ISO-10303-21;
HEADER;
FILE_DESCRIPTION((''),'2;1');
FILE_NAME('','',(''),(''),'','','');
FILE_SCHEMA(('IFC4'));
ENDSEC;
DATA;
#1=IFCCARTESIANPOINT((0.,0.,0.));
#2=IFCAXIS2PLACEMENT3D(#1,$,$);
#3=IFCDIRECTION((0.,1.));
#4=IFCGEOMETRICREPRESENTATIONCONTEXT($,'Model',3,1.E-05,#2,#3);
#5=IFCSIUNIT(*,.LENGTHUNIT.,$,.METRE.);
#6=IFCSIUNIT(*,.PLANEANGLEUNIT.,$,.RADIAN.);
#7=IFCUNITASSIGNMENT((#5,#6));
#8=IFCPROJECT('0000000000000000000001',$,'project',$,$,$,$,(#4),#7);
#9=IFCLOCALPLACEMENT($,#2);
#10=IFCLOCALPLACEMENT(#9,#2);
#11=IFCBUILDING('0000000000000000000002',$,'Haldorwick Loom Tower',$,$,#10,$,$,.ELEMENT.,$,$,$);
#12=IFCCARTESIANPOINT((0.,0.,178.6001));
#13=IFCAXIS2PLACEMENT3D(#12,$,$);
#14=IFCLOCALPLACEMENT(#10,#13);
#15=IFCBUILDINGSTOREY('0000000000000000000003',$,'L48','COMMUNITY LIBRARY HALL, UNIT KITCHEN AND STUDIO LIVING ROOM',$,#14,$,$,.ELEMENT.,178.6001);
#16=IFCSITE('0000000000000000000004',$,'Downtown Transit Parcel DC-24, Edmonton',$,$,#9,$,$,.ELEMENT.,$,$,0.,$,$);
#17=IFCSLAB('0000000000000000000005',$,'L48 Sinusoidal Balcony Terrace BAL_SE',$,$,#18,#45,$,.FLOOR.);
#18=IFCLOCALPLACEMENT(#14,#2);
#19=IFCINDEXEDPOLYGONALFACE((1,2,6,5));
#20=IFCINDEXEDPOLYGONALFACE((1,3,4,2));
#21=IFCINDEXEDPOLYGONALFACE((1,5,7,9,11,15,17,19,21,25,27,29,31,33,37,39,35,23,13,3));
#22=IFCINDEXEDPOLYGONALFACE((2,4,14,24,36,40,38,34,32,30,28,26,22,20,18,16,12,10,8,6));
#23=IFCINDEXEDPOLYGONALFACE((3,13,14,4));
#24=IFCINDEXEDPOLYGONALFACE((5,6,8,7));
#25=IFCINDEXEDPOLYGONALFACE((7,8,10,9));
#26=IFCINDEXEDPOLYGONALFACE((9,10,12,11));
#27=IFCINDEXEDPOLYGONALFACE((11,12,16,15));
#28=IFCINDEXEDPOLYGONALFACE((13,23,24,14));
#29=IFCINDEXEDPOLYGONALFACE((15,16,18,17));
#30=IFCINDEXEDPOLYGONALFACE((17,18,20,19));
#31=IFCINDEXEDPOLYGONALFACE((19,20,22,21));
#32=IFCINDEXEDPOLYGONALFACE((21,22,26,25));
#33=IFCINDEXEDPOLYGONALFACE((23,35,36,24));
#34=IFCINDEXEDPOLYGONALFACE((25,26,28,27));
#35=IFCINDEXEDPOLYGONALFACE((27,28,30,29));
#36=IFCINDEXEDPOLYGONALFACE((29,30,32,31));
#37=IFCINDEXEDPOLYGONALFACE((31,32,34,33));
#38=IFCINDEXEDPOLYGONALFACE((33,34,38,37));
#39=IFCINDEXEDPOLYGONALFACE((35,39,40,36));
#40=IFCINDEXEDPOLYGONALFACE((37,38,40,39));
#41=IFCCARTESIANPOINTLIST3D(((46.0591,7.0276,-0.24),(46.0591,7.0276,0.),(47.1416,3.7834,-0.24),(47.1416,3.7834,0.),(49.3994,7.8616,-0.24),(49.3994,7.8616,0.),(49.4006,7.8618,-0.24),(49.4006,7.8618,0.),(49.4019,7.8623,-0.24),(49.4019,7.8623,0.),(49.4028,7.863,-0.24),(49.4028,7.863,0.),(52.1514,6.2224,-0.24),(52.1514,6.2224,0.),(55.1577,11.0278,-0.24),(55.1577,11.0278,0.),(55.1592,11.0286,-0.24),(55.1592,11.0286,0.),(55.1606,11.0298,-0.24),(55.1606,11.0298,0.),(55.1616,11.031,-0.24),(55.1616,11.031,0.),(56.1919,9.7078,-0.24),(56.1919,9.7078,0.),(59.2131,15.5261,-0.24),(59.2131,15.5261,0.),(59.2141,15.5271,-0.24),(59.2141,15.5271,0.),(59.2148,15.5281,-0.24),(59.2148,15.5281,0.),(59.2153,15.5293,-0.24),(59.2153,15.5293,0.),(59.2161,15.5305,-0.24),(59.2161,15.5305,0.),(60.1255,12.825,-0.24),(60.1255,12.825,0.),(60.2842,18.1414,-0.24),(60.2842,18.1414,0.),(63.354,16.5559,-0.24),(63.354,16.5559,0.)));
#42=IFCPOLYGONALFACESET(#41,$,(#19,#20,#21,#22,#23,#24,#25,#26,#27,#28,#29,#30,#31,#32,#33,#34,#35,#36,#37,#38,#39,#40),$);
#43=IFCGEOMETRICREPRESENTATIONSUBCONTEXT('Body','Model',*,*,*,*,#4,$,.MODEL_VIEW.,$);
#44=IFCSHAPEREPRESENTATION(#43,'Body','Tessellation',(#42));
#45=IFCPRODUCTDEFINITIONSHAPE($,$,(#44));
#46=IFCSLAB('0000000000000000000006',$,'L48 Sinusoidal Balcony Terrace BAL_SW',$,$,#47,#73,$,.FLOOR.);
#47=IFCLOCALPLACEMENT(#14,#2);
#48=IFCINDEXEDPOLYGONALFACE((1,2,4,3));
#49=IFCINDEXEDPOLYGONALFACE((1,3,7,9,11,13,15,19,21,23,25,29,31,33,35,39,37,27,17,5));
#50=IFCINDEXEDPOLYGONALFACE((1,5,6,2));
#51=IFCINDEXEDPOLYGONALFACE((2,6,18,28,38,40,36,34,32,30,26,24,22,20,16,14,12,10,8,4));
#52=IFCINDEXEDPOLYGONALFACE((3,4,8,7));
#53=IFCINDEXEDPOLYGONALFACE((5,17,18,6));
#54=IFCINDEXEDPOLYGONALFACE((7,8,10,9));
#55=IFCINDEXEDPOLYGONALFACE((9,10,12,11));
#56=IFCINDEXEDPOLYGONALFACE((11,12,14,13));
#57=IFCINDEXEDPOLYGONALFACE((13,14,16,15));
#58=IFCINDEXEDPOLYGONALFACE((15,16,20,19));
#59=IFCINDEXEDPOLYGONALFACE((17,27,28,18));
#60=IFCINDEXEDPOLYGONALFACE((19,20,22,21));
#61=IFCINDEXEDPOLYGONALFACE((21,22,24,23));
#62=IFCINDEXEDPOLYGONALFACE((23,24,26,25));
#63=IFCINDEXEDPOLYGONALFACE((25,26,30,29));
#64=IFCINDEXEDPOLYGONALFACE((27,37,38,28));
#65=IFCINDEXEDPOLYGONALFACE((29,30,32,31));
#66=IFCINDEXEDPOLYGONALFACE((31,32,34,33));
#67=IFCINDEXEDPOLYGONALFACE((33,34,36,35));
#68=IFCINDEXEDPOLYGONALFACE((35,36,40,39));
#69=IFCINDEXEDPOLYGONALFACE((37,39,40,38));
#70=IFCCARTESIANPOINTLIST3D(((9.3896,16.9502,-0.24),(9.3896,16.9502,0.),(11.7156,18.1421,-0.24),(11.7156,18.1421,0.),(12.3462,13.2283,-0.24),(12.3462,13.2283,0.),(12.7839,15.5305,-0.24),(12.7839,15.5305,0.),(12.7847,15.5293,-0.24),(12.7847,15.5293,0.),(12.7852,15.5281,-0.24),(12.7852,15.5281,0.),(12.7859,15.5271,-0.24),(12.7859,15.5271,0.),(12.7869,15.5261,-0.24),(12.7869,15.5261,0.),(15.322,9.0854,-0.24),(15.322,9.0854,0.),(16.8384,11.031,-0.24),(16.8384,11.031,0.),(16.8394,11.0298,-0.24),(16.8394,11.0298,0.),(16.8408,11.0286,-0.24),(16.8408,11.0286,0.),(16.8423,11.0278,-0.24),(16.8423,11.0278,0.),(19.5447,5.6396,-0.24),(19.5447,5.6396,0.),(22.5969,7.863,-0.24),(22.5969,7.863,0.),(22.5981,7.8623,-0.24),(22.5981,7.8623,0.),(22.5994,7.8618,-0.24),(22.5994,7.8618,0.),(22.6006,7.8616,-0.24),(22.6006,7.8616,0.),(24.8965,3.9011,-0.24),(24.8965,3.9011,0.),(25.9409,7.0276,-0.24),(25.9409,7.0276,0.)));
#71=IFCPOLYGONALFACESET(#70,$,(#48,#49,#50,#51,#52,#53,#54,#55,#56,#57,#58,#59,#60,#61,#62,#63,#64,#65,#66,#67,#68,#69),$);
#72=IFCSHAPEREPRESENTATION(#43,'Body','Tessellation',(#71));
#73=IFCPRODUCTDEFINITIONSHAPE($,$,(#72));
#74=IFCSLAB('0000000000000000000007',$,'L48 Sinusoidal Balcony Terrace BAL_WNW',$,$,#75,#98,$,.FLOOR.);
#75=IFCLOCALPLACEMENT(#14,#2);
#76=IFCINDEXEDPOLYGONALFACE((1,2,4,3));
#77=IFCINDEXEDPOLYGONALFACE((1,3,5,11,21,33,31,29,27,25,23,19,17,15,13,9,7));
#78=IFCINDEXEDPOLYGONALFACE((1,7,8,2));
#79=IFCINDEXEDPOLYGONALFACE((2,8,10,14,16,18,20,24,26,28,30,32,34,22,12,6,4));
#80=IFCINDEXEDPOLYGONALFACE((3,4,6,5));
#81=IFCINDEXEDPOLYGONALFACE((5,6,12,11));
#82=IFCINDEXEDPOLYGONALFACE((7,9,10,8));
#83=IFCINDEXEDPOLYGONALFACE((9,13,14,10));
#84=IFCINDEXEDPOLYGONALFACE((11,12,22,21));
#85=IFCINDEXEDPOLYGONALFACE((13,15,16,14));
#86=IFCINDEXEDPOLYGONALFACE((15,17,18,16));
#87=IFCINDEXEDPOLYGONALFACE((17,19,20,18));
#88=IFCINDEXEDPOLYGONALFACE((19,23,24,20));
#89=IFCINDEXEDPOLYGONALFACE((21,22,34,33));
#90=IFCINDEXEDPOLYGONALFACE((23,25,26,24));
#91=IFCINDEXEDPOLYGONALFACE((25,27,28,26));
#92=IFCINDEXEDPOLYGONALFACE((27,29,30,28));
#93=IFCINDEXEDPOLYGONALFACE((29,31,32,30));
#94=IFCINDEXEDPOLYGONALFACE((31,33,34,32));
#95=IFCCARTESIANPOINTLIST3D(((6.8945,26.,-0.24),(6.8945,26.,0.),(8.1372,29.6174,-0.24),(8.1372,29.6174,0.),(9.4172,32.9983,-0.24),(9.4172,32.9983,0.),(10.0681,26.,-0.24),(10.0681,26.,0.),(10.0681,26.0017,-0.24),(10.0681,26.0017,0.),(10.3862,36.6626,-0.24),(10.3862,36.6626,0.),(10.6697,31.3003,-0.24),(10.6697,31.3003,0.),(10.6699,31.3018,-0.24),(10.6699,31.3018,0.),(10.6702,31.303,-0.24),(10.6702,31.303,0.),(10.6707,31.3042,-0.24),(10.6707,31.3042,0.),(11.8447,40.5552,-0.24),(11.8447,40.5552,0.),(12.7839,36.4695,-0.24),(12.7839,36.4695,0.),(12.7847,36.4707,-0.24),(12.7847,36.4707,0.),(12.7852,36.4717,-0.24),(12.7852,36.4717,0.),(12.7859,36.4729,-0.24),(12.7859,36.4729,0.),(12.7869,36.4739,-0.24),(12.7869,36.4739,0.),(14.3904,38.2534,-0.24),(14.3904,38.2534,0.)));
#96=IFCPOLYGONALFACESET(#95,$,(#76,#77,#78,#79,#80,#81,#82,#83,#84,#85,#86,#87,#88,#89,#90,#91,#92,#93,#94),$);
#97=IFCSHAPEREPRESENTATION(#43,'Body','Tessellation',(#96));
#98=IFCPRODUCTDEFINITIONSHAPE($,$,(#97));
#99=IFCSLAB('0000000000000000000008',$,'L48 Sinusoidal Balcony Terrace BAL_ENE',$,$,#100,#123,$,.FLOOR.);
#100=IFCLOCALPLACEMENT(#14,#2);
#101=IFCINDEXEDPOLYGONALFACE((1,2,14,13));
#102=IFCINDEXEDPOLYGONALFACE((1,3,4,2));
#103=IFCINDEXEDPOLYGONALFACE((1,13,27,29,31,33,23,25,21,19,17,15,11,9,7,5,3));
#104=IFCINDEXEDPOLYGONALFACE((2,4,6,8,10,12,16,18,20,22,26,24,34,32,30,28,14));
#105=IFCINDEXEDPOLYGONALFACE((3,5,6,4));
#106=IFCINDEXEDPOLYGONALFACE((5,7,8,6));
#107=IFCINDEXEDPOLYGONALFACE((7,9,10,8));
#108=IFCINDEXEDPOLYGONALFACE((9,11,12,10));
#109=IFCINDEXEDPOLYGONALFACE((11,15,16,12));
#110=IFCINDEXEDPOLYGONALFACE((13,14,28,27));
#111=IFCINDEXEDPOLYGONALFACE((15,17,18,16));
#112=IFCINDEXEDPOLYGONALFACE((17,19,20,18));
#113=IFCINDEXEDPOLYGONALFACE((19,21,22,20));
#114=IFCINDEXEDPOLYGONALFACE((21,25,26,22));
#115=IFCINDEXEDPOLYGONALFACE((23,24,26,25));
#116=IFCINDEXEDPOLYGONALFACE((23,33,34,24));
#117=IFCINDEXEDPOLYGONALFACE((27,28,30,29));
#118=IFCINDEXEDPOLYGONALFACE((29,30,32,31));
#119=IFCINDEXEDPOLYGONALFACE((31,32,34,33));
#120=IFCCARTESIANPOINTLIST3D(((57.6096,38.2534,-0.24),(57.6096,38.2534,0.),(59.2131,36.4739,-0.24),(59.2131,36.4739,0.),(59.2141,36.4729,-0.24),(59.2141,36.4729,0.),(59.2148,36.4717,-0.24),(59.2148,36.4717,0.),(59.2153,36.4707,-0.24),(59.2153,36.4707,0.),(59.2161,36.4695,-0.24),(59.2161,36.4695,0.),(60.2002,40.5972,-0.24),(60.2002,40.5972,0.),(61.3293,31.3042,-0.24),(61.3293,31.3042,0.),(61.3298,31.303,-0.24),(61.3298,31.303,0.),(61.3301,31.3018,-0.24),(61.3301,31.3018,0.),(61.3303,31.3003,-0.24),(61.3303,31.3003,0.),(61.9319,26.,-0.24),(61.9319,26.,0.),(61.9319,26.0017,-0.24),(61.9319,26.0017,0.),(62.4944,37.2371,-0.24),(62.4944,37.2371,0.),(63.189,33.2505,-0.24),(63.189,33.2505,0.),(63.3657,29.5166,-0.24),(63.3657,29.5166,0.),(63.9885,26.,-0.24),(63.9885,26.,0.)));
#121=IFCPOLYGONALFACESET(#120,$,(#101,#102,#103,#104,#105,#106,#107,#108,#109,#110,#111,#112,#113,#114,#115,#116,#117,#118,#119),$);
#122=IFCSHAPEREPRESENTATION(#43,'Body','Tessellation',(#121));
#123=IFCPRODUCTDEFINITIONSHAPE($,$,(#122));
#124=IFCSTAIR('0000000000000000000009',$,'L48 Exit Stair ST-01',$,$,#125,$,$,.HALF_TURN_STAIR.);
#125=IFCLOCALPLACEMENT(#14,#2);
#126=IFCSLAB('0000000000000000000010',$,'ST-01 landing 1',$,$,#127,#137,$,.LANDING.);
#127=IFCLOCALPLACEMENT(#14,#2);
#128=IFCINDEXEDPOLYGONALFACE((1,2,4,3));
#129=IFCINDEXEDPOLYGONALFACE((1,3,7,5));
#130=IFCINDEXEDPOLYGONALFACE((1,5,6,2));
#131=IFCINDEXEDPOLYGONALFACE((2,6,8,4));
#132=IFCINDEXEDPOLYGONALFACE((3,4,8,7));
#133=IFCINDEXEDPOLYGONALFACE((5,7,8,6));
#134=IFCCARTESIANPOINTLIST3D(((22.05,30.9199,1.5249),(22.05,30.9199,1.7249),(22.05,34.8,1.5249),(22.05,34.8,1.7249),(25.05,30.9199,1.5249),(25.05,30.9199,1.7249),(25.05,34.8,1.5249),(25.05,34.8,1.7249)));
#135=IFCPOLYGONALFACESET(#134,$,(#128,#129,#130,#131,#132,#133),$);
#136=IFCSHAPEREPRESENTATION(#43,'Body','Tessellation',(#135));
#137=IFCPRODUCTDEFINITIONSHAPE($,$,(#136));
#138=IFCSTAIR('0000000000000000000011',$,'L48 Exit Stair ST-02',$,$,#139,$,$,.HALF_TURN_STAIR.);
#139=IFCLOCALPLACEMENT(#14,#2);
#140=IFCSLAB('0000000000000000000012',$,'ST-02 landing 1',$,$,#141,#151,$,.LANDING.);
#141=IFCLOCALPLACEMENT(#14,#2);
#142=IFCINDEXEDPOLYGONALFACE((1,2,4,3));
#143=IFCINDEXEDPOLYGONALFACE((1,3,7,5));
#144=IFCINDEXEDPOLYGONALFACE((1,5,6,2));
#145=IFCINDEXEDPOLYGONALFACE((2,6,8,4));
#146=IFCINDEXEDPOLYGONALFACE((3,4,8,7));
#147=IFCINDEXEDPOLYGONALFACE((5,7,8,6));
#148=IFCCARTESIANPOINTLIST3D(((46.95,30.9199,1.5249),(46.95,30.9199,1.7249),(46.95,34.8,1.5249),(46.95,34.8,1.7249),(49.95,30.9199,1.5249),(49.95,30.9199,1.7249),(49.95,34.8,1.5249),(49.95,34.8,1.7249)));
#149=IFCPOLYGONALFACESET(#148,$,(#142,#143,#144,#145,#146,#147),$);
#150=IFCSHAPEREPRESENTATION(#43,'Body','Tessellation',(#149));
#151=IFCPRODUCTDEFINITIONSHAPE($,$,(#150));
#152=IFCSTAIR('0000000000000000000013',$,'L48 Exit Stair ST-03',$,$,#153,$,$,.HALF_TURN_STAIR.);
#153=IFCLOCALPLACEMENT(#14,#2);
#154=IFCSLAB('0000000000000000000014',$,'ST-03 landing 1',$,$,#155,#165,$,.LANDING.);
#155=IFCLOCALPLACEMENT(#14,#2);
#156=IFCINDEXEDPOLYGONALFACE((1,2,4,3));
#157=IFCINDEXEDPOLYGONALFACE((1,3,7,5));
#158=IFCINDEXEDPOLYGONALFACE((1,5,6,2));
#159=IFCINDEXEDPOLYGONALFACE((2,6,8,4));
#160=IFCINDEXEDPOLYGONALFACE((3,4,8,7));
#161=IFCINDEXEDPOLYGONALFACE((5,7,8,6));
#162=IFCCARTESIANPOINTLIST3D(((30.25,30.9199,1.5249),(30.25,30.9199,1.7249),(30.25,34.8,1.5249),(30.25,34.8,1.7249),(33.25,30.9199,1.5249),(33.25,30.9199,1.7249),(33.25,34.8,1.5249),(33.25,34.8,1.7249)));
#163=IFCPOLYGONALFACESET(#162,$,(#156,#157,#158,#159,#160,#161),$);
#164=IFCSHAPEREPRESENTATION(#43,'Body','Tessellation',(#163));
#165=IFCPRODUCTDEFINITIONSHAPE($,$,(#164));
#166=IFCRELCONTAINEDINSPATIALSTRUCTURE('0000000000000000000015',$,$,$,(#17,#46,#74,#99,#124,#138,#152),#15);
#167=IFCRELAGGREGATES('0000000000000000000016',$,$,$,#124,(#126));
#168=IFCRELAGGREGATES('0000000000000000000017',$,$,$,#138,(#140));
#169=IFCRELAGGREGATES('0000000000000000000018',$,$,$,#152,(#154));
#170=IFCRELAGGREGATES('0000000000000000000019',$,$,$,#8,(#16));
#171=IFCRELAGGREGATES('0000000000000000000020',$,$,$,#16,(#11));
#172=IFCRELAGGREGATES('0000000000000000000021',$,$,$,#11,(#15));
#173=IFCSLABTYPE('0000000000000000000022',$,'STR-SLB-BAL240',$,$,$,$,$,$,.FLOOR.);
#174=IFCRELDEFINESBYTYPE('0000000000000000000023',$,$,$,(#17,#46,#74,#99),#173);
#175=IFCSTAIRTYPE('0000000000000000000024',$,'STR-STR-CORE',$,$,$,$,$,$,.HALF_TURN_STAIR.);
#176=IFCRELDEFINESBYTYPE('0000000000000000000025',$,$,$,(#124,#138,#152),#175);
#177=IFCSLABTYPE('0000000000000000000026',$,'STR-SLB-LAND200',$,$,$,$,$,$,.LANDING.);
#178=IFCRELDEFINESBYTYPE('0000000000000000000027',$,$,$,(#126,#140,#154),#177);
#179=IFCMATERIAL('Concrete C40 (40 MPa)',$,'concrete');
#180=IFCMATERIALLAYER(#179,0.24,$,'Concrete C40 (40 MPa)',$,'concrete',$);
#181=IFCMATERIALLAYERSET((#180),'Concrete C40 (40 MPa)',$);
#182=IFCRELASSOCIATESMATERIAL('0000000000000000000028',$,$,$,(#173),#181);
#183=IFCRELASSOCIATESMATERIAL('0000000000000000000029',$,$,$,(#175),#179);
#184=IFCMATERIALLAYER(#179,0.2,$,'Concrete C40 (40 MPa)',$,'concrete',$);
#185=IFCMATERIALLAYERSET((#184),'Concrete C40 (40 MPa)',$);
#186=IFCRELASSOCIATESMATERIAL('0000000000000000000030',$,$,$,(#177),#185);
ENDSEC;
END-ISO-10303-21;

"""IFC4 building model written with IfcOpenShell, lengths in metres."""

from ifc_helpers import new_model, si_unit, direction, frame, origin, place, context, subcontext, project, spatial, polyline, outline, extrude, material, layer, layer_set, type_object, element, aggregate, save


model = new_model("IFC4")

# Units and contexts
model_context = context("Model", 3, precision=1e-05, world=origin(), true_north=direction((0.0, 1.0)))
body_context = subcontext(model_context, "Body", "Model", "MODEL_VIEW")
ifc_project = project(units=[si_unit("LENGTHUNIT", "METRE"), si_unit("PLANEANGLEUNIT", "RADIAN")], contexts=[model_context])

# Site, building, storey
site_placement = place(None, origin())
site = spatial("IfcSite", under=ifc_project, at=site_placement, Name="Downtown Transit Parcel DC-24, Edmonton", CompositionType="ELEMENT", RefElevation=0.0)
building_placement = place(site_placement, origin())
building = spatial("IfcBuilding", under=site, at=building_placement, Name="Haldorwick Loom Tower", CompositionType="ELEMENT")
storey_placement = place(building_placement, frame((0.0, 0.0, 178.6001)))
storey = spatial("IfcBuildingStorey", under=building, at=storey_placement, Name="L48", Description="COMMUNITY LIBRARY HALL, UNIT KITCHEN AND STUDIO LIVING ROOM", CompositionType="ELEMENT", Elevation=178.6001)

# Slabs
ifc_material_1 = material(Name="Concrete C40 (40 MPa)", Category="concrete")
ifc_layer_1 = layer(ifc_material_1, 0.24, Name="Concrete C40 (40 MPa)", Category="concrete")
ifc_layer_set_1 = layer_set([ifc_layer_1], Name="Concrete C40 (40 MPa)")
slab_type_1 = type_object("IfcSlabType", Name="STR-SLB-BAL240", PredefinedType="FLOOR", material=ifc_layer_set_1)
slab_1_placement = place(storey_placement, frame((0.0, 0.0, -0.24)))
element("IfcSlab", 1, at=slab_1_placement, inside=storey, type_object=slab_type_1, Name="L48 Sinusoidal Balcony Terrace BAL_SE", PredefinedType="FLOOR", context=body_context, shape_type="SweptSolid", body=[
    extrude(outline(polyline([(60.2842, 18.1414), (59.2161, 15.5305), (59.2153, 15.5293), (59.2148, 15.5281), (59.2141, 15.5271), (59.2131, 15.5261), (55.1616, 11.031), (55.1606, 11.0298), (55.1592, 11.0286), (55.1577, 11.0278), (49.4028, 7.863), (49.4019, 7.8623), (49.4006, 7.8618), (49.3994, 7.8616), (46.0591, 7.0276), (47.1416, 3.7834), (52.1514, 6.2224), (56.1919, 9.7078), (60.1255, 12.825), (63.354, 16.5559), (60.2842, 18.1414)])), origin(), (0.0, 0.0, 1.0), 0.24),
])
slab_2_placement = place(storey_placement, frame((0.0, 0.0, -0.24)))
element("IfcSlab", 2, at=slab_2_placement, inside=storey, type_object=slab_type_1, Name="L48 Sinusoidal Balcony Terrace BAL_SW", PredefinedType="FLOOR", context=body_context, shape_type="SweptSolid", body=[
    extrude(outline(polyline([(25.9409, 7.0276), (22.6006, 7.8616), (22.5994, 7.8618), (22.5981, 7.8623), (22.5969, 7.863), (16.8423, 11.0278), (16.8408, 11.0286), (16.8394, 11.0298), (16.8384, 11.031), (12.7869, 15.5261), (12.7859, 15.5271), (12.7852, 15.5281), (12.7847, 15.5293), (12.7839, 15.5305), (11.7156, 18.1421), (9.3896, 16.9502), (12.3462, 13.2283), (15.322, 9.0854), (19.5447, 5.6396), (24.8965, 3.9011), (25.9409, 7.0276)])), origin(), (0.0, 0.0, 1.0), 0.24),
])
slab_3_placement = place(storey_placement, frame((0.0, 0.0, -0.24)))
element("IfcSlab", 3, at=slab_3_placement, inside=storey, type_object=slab_type_1, Name="L48 Sinusoidal Balcony Terrace BAL_WNW", PredefinedType="FLOOR", context=body_context, shape_type="SweptSolid", body=[
    extrude(outline(polyline([(10.0681, 26.0), (10.0681, 26.0017), (10.6697, 31.3003), (10.6699, 31.3018), (10.6702, 31.303), (10.6707, 31.3042), (12.7839, 36.4695), (12.7847, 36.4707), (12.7852, 36.4717), (12.7859, 36.4729), (12.7869, 36.4739), (14.3904, 38.2534), (11.8447, 40.5552), (10.3862, 36.6626), (9.4172, 32.9983), (8.1372, 29.6174), (6.8945, 26.0), (10.0681, 26.0)])), origin(), (0.0, 0.0, 1.0), 0.24),
])
slab_4_placement = place(storey_placement, frame((0.0, 0.0, -0.24)))
element("IfcSlab", 4, at=slab_4_placement, inside=storey, type_object=slab_type_1, Name="L48 Sinusoidal Balcony Terrace BAL_ENE", PredefinedType="FLOOR", context=body_context, shape_type="SweptSolid", body=[
    extrude(outline(polyline([(57.6096, 38.2534), (59.2131, 36.4739), (59.2141, 36.4729), (59.2148, 36.4717), (59.2153, 36.4707), (59.2161, 36.4695), (61.3293, 31.3042), (61.3298, 31.303), (61.3301, 31.3018), (61.3303, 31.3003), (61.9319, 26.0017), (61.9319, 26.0), (63.9885, 26.0), (63.3657, 29.5166), (63.189, 33.2505), (62.4944, 37.2371), (60.2002, 40.5972), (57.6096, 38.2534)])), origin(), (0.0, 0.0, 1.0), 0.24),
])

# Stairs, slabs
stair_type = type_object("IfcStairType", Name="STR-STR-CORE", PredefinedType="HALF_TURN_STAIR", material=ifc_material_1)
stair_1_placement = place(storey_placement, origin())
stair_1 = element("IfcStair", 5, at=stair_1_placement, inside=storey, type_object=stair_type, Name="L48 Exit Stair ST-01", PredefinedType="HALF_TURN_STAIR")
ifc_layer_2 = layer(ifc_material_1, 0.2, Name="Concrete C40 (40 MPa)", Category="concrete")
ifc_layer_set_2 = layer_set([ifc_layer_2], Name="Concrete C40 (40 MPa)")
slab_type_2 = type_object("IfcSlabType", Name="STR-SLB-LAND200", PredefinedType="LANDING", material=ifc_layer_set_2)
slab_5_placement = place(storey_placement, frame((0.0, 0.0, 1.5249)))
slab_5 = element("IfcSlab", 6, at=slab_5_placement, type_object=slab_type_2, Name="ST-01 landing 1", PredefinedType="LANDING", context=body_context, shape_type="SweptSolid", body=[
    extrude(outline(polyline([(25.05, 30.9199), (25.05, 34.8), (22.05, 34.8), (22.05, 30.9199), (25.05, 30.9199)])), origin(), (0.0, 0.0, 1.0), 0.2),
])
aggregate(stair_1, [slab_5])
stair_2_placement = place(storey_placement, origin())
stair_2 = element("IfcStair", 7, at=stair_2_placement, inside=storey, type_object=stair_type, Name="L48 Exit Stair ST-02", PredefinedType="HALF_TURN_STAIR")
slab_6_placement = place(storey_placement, frame((0.0, 0.0, 1.5249)))
slab_6 = element("IfcSlab", 8, at=slab_6_placement, type_object=slab_type_2, Name="ST-02 landing 1", PredefinedType="LANDING", context=body_context, shape_type="SweptSolid", body=[
    extrude(outline(polyline([(49.95, 30.9199), (49.95, 34.8), (46.95, 34.8), (46.95, 30.9199), (49.95, 30.9199)])), origin(), (0.0, 0.0, 1.0), 0.2),
])
aggregate(stair_2, [slab_6])
stair_3_placement = place(storey_placement, origin())
stair_3 = element("IfcStair", 9, at=stair_3_placement, inside=storey, type_object=stair_type, Name="L48 Exit Stair ST-03", PredefinedType="HALF_TURN_STAIR")
slab_7_placement = place(storey_placement, frame((0.0, 0.0, 1.5249)))
slab_7 = element("IfcSlab", 10, at=slab_7_placement, type_object=slab_type_2, Name="ST-03 landing 1", PredefinedType="LANDING", context=body_context, shape_type="SweptSolid", body=[
    extrude(outline(polyline([(33.25, 30.9199), (33.25, 34.8), (30.25, 34.8), (30.25, 30.9199), (33.25, 30.9199)])), origin(), (0.0, 0.0, 1.0), 0.2),
])
aggregate(stair_3, [slab_7])

save(model, "model.ifc")
